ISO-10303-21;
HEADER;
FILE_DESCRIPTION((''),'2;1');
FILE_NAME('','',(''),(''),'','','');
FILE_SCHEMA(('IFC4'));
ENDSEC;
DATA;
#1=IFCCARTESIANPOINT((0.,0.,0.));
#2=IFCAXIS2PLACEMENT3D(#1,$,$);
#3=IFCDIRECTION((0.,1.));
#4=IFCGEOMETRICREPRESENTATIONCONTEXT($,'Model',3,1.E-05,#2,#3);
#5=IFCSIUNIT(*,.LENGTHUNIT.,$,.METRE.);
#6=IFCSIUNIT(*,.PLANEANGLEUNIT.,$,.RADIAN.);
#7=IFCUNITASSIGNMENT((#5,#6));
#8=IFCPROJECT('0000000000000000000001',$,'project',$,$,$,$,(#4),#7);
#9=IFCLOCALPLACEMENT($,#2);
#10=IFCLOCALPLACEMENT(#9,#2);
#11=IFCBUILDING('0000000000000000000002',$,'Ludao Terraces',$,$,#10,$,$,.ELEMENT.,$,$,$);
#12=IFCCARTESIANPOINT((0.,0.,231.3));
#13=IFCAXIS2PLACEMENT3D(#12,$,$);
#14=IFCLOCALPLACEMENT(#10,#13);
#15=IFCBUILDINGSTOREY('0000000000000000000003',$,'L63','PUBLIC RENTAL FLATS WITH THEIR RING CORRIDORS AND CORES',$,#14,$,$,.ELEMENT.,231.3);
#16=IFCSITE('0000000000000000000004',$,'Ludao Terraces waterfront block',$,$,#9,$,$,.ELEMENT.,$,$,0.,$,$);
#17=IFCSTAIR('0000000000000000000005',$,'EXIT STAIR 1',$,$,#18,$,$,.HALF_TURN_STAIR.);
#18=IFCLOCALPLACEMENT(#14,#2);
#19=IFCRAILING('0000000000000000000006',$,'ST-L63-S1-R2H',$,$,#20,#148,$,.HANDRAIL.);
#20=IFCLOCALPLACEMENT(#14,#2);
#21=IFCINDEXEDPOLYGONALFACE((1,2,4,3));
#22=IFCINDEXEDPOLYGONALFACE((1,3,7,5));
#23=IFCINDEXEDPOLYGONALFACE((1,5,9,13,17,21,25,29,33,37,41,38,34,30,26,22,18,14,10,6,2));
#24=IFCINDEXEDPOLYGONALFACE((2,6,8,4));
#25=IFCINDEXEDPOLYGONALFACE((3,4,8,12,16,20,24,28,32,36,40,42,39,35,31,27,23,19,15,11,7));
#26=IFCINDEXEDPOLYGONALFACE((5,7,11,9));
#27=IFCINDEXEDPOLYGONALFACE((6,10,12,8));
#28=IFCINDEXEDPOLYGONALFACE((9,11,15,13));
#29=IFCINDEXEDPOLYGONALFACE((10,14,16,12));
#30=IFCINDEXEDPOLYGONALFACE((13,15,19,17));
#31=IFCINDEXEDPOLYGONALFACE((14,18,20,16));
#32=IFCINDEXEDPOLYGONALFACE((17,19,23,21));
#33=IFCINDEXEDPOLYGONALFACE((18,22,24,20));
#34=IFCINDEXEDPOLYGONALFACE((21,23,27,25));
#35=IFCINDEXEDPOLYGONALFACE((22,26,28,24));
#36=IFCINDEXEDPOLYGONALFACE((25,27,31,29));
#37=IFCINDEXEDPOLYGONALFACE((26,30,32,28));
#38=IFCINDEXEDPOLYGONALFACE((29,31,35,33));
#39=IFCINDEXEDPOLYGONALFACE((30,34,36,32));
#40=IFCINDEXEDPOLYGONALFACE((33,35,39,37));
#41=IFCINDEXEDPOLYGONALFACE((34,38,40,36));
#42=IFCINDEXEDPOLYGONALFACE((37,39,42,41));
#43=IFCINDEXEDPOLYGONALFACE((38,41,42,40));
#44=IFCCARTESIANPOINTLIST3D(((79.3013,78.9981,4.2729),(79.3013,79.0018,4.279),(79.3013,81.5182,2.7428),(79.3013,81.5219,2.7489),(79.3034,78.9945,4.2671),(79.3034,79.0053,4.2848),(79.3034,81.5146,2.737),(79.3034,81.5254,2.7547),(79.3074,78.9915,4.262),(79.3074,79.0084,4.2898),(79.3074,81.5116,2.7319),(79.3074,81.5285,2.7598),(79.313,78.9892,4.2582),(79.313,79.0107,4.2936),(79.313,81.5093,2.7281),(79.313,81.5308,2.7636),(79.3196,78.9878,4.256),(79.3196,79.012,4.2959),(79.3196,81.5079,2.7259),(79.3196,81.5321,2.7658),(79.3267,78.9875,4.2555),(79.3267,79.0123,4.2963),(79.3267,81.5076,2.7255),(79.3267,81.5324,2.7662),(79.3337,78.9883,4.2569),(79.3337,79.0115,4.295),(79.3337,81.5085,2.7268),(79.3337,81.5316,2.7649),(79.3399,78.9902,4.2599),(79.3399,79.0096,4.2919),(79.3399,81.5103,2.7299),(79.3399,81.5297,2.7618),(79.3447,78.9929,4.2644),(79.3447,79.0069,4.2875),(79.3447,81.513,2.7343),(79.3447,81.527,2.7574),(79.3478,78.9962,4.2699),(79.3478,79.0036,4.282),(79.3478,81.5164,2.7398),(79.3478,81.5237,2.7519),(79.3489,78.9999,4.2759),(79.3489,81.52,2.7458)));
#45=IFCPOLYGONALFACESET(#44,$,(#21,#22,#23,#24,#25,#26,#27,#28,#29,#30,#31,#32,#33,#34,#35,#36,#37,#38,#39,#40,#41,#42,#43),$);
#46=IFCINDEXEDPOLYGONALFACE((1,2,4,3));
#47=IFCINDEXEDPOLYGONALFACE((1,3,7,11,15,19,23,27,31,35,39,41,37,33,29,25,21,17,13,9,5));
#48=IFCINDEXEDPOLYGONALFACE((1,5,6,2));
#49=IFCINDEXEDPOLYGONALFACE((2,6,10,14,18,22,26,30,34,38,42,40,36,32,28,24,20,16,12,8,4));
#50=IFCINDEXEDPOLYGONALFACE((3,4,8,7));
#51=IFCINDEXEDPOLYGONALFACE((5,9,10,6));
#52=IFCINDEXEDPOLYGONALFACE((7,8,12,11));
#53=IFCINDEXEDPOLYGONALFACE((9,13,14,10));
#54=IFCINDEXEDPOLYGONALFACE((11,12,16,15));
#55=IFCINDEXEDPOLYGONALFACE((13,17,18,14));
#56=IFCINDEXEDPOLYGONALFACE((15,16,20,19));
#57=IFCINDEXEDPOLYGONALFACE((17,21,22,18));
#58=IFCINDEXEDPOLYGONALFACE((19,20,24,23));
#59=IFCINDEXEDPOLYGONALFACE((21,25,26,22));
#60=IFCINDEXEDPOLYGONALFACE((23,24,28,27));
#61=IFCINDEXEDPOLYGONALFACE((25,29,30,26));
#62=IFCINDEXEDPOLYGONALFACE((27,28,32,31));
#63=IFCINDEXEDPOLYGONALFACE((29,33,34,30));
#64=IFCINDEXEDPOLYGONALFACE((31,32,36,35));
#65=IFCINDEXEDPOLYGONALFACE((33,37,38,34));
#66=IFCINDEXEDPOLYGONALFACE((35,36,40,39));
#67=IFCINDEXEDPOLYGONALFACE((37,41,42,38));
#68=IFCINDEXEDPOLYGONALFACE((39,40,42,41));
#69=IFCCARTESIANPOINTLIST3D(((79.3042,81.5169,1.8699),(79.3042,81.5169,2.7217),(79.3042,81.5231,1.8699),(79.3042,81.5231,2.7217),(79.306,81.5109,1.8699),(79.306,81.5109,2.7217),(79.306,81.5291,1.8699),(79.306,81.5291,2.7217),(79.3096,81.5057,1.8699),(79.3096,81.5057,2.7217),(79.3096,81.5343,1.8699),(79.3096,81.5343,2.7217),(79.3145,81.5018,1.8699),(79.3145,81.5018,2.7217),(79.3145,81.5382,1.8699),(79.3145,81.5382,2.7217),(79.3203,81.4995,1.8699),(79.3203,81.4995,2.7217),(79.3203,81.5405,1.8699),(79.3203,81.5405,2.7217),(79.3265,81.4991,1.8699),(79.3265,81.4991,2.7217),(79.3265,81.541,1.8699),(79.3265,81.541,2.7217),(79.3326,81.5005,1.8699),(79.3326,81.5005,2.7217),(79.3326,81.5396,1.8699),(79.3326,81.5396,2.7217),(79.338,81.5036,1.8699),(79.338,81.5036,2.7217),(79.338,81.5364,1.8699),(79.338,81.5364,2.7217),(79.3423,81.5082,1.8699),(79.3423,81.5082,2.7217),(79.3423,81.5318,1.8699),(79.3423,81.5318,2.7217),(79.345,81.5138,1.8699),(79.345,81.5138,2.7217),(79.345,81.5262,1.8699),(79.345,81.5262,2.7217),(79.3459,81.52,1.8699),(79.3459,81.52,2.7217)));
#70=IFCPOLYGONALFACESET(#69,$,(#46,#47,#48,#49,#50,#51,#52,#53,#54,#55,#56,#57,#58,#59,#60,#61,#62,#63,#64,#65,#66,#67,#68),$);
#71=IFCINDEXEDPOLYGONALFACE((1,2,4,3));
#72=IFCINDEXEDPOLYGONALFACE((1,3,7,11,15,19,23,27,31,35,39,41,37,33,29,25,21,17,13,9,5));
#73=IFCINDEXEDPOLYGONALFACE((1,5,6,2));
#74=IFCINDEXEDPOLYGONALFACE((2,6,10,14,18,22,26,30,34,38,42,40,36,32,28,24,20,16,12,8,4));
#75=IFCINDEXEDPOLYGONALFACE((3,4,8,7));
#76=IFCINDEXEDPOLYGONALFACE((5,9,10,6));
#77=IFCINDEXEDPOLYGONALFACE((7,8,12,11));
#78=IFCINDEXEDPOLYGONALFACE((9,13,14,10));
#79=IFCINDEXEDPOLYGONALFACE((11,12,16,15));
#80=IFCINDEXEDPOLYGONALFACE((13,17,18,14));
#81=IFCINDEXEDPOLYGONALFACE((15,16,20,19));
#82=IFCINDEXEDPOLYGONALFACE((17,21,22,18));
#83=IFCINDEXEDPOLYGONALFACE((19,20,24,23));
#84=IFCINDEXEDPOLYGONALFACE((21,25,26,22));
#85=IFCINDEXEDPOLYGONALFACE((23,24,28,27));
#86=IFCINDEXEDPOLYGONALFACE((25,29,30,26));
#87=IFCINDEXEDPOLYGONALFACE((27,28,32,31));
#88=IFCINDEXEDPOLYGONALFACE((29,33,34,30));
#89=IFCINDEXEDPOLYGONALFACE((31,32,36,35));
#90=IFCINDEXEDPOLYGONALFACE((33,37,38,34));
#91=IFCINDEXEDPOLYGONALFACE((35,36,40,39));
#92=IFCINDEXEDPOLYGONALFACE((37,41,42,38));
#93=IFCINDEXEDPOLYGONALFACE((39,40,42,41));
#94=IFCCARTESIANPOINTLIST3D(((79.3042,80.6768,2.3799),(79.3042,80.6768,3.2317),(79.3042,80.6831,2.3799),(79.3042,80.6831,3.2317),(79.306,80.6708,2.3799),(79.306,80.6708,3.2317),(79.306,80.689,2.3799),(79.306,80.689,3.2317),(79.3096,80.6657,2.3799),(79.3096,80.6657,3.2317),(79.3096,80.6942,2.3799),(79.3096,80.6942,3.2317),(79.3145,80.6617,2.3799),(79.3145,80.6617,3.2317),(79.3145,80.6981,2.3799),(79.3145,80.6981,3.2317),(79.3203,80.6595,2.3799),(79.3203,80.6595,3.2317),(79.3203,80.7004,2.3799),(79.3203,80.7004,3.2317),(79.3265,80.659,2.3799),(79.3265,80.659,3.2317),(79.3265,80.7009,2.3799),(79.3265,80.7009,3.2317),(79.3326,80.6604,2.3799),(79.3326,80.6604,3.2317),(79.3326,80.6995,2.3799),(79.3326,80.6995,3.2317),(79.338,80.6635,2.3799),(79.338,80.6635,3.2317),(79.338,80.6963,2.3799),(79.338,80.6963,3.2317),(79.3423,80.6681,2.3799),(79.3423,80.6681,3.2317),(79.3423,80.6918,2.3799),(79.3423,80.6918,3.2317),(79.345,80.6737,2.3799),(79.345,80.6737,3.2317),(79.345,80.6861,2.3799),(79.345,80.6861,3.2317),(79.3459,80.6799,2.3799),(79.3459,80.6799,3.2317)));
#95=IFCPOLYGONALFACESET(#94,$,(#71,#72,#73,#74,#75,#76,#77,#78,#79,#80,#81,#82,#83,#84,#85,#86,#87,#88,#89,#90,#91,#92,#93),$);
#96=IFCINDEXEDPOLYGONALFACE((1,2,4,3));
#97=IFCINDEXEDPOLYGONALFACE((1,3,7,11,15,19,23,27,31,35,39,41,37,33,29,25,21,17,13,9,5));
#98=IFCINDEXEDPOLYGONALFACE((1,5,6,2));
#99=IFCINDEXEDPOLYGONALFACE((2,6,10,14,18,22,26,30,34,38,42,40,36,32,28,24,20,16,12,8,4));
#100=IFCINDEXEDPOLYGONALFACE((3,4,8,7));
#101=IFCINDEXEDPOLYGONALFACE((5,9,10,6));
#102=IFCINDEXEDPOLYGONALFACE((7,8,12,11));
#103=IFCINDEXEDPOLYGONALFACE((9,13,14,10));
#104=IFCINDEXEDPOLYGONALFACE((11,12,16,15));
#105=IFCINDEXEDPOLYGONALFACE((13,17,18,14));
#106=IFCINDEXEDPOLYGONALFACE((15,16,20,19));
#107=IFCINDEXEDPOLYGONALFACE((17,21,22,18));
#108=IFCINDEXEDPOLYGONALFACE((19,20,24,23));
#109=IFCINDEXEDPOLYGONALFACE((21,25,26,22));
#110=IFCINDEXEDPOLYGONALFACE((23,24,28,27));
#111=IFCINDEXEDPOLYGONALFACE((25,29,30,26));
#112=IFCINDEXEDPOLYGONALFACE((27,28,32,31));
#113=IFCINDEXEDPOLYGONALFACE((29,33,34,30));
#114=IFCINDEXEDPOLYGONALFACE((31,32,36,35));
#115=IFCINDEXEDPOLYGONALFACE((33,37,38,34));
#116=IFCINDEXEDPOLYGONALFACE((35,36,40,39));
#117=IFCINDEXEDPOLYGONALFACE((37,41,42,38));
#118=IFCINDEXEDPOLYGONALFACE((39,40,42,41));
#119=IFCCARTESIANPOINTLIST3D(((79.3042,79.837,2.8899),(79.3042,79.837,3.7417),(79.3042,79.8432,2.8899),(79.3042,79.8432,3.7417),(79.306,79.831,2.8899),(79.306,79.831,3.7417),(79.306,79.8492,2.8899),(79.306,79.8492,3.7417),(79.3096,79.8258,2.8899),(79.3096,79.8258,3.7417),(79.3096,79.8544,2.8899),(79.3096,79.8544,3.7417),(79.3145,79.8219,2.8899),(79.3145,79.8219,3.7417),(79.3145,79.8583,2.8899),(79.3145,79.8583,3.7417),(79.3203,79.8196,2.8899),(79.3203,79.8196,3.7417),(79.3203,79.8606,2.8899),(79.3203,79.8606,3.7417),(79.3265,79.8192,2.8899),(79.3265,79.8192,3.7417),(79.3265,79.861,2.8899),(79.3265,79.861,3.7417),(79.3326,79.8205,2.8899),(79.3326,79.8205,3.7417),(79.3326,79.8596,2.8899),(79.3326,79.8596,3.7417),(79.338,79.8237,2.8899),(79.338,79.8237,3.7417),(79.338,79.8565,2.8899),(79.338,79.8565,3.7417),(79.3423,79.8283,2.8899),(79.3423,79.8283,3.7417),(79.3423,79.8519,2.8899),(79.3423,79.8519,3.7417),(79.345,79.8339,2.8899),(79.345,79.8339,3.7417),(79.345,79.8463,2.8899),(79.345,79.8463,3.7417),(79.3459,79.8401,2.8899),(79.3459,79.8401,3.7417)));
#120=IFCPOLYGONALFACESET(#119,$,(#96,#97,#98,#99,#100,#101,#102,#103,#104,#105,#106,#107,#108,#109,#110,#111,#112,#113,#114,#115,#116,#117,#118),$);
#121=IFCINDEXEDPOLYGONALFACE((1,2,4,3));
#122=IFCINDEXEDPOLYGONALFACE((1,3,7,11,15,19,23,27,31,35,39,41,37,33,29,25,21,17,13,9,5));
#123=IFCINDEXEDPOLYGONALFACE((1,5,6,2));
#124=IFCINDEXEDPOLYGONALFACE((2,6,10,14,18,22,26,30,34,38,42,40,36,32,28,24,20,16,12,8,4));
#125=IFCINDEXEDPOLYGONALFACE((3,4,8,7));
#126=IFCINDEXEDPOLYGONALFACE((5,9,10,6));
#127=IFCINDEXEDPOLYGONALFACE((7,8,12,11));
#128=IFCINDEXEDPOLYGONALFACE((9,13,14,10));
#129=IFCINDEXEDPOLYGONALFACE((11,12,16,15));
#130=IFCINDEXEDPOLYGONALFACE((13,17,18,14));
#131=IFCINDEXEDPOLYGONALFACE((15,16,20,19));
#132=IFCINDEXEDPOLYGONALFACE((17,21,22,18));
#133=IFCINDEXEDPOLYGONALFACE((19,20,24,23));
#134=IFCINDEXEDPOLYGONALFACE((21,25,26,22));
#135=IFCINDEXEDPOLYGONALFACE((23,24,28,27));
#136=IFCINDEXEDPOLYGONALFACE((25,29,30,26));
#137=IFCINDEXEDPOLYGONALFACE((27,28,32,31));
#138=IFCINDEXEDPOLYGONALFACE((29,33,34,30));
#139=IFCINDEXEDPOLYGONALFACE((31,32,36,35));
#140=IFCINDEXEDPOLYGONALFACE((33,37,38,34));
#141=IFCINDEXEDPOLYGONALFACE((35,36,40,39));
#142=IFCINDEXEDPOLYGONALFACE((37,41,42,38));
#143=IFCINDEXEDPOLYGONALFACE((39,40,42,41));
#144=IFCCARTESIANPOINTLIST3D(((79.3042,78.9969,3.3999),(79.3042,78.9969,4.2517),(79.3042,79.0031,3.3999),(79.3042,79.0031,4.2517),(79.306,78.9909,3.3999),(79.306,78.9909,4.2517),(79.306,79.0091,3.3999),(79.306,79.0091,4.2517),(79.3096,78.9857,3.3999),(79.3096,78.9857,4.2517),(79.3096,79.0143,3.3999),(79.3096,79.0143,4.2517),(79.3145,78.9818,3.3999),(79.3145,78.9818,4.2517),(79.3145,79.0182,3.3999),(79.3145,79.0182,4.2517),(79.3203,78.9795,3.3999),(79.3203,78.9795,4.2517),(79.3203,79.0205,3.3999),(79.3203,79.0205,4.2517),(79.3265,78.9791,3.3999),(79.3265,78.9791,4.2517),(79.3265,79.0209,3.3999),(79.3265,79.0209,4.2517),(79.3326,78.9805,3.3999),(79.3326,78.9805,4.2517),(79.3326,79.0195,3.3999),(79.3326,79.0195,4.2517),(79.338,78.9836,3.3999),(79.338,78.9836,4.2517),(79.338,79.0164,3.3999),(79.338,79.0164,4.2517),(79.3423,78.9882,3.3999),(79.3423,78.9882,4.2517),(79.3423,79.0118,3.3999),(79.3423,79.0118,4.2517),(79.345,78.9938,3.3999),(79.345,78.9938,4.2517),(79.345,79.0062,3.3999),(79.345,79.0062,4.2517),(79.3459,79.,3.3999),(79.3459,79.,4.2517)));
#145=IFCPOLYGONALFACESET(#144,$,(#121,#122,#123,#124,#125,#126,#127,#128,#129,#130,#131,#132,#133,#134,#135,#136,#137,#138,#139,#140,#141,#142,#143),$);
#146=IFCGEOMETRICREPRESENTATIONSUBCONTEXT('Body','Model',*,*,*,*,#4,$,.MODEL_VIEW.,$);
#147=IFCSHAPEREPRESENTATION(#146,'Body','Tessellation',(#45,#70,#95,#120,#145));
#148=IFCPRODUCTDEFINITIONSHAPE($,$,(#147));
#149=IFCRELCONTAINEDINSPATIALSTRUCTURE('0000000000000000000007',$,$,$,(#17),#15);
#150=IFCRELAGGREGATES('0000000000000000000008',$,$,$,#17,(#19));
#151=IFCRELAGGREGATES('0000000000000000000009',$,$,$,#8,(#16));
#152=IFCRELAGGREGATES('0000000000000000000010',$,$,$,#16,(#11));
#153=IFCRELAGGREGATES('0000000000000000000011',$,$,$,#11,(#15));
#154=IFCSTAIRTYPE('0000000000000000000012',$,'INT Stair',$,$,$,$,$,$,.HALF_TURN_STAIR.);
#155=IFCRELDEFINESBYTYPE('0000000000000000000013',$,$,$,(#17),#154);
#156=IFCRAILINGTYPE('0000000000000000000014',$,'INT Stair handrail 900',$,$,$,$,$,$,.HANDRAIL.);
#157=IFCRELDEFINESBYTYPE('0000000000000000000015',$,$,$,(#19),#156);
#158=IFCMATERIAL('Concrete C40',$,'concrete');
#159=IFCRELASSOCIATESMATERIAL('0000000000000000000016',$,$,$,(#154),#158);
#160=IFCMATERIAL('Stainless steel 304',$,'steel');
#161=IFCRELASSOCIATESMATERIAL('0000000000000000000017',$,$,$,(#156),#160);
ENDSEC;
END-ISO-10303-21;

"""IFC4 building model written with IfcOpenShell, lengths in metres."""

from ifc_helpers import new_model, si_unit, direction, frame, origin, origin_2d, place, context, subcontext, project, spatial, circle, extrude, material, type_object, element, aggregate, save


model = new_model("IFC4")

# Units and contexts
model_context = context("Model", 3, precision=1e-05, world=origin(), true_north=direction((0.0, 1.0)))
body_context = subcontext(model_context, "Body", "Model", "MODEL_VIEW")
ifc_project = project(units=[si_unit("LENGTHUNIT", "METRE"), si_unit("PLANEANGLEUNIT", "RADIAN")], contexts=[model_context])

# Site, building, storey
site_placement = place(None, origin())
site = spatial("IfcSite", under=ifc_project, at=site_placement, Name="Ludao Terraces waterfront block", CompositionType="ELEMENT", RefElevation=0.0)
building_placement = place(site_placement, origin())
building = spatial("IfcBuilding", under=site, at=building_placement, Name="Ludao Terraces", CompositionType="ELEMENT")
storey_placement = place(building_placement, frame((0.0, 0.0, 231.3)))
storey = spatial("IfcBuildingStorey", under=building, at=storey_placement, Name="L63", Description="PUBLIC RENTAL FLATS WITH THEIR RING CORRIDORS AND CORES", CompositionType="ELEMENT", Elevation=231.3)

# Shared definitions
ifc_material_1 = material(Name="Concrete C40", Category="concrete")

# Stair, railing
stair_type = type_object("IfcStairType", Name="INT Stair", PredefinedType="HALF_TURN_STAIR", material=ifc_material_1)
stair_placement = place(storey_placement, origin())
stair = element("IfcStair", 1, at=stair_placement, inside=storey, type_object=stair_type, Name="EXIT STAIR 1", PredefinedType="HALF_TURN_STAIR")
ifc_material_2 = material(Name="Stainless steel 304", Category="steel")
railing_type_1 = type_object("IfcRailingType", Name="INT Stair handrail 900", PredefinedType="HANDRAIL", material=ifc_material_2)
railing_1_placement = place(storey_placement, frame((79.325, 81.52, 1.8699)))
railing_1 = element("IfcRailing", 2, at=railing_1_placement, type_object=railing_type_1, Name="ST-L63-S1-R2H", PredefinedType="HANDRAIL", context=body_context, shape_type="SweptSolid", body=[
    extrude(circle(Radius=0.0239, at=origin_2d()), frame((0.0, 0.0, 0.876), z_axis=(0.0, -0.854785, 0.518982), x_axis=(1.0, 0.0, 0.0)), (0.0, 0.0, 1.0), 2.9482),
    extrude(circle(Radius=0.021, at=origin_2d()), origin(), (0.0, 0.0, 1.0), 0.8518),
    extrude(circle(Radius=0.021, at=origin_2d()), frame((0.0, -0.8401, 0.51)), (0.0, 0.0, 1.0), 0.8518),
    extrude(circle(Radius=0.021, at=origin_2d()), frame((0.0, -1.6799, 1.02)), (0.0, 0.0, 1.0), 0.8518),
    extrude(circle(Radius=0.021, at=origin_2d()), frame((0.0, -2.52, 1.53)), (0.0, 0.0, 1.0), 0.8518),
])
aggregate(stair, [railing_1])

save(model, "model.ifc")
